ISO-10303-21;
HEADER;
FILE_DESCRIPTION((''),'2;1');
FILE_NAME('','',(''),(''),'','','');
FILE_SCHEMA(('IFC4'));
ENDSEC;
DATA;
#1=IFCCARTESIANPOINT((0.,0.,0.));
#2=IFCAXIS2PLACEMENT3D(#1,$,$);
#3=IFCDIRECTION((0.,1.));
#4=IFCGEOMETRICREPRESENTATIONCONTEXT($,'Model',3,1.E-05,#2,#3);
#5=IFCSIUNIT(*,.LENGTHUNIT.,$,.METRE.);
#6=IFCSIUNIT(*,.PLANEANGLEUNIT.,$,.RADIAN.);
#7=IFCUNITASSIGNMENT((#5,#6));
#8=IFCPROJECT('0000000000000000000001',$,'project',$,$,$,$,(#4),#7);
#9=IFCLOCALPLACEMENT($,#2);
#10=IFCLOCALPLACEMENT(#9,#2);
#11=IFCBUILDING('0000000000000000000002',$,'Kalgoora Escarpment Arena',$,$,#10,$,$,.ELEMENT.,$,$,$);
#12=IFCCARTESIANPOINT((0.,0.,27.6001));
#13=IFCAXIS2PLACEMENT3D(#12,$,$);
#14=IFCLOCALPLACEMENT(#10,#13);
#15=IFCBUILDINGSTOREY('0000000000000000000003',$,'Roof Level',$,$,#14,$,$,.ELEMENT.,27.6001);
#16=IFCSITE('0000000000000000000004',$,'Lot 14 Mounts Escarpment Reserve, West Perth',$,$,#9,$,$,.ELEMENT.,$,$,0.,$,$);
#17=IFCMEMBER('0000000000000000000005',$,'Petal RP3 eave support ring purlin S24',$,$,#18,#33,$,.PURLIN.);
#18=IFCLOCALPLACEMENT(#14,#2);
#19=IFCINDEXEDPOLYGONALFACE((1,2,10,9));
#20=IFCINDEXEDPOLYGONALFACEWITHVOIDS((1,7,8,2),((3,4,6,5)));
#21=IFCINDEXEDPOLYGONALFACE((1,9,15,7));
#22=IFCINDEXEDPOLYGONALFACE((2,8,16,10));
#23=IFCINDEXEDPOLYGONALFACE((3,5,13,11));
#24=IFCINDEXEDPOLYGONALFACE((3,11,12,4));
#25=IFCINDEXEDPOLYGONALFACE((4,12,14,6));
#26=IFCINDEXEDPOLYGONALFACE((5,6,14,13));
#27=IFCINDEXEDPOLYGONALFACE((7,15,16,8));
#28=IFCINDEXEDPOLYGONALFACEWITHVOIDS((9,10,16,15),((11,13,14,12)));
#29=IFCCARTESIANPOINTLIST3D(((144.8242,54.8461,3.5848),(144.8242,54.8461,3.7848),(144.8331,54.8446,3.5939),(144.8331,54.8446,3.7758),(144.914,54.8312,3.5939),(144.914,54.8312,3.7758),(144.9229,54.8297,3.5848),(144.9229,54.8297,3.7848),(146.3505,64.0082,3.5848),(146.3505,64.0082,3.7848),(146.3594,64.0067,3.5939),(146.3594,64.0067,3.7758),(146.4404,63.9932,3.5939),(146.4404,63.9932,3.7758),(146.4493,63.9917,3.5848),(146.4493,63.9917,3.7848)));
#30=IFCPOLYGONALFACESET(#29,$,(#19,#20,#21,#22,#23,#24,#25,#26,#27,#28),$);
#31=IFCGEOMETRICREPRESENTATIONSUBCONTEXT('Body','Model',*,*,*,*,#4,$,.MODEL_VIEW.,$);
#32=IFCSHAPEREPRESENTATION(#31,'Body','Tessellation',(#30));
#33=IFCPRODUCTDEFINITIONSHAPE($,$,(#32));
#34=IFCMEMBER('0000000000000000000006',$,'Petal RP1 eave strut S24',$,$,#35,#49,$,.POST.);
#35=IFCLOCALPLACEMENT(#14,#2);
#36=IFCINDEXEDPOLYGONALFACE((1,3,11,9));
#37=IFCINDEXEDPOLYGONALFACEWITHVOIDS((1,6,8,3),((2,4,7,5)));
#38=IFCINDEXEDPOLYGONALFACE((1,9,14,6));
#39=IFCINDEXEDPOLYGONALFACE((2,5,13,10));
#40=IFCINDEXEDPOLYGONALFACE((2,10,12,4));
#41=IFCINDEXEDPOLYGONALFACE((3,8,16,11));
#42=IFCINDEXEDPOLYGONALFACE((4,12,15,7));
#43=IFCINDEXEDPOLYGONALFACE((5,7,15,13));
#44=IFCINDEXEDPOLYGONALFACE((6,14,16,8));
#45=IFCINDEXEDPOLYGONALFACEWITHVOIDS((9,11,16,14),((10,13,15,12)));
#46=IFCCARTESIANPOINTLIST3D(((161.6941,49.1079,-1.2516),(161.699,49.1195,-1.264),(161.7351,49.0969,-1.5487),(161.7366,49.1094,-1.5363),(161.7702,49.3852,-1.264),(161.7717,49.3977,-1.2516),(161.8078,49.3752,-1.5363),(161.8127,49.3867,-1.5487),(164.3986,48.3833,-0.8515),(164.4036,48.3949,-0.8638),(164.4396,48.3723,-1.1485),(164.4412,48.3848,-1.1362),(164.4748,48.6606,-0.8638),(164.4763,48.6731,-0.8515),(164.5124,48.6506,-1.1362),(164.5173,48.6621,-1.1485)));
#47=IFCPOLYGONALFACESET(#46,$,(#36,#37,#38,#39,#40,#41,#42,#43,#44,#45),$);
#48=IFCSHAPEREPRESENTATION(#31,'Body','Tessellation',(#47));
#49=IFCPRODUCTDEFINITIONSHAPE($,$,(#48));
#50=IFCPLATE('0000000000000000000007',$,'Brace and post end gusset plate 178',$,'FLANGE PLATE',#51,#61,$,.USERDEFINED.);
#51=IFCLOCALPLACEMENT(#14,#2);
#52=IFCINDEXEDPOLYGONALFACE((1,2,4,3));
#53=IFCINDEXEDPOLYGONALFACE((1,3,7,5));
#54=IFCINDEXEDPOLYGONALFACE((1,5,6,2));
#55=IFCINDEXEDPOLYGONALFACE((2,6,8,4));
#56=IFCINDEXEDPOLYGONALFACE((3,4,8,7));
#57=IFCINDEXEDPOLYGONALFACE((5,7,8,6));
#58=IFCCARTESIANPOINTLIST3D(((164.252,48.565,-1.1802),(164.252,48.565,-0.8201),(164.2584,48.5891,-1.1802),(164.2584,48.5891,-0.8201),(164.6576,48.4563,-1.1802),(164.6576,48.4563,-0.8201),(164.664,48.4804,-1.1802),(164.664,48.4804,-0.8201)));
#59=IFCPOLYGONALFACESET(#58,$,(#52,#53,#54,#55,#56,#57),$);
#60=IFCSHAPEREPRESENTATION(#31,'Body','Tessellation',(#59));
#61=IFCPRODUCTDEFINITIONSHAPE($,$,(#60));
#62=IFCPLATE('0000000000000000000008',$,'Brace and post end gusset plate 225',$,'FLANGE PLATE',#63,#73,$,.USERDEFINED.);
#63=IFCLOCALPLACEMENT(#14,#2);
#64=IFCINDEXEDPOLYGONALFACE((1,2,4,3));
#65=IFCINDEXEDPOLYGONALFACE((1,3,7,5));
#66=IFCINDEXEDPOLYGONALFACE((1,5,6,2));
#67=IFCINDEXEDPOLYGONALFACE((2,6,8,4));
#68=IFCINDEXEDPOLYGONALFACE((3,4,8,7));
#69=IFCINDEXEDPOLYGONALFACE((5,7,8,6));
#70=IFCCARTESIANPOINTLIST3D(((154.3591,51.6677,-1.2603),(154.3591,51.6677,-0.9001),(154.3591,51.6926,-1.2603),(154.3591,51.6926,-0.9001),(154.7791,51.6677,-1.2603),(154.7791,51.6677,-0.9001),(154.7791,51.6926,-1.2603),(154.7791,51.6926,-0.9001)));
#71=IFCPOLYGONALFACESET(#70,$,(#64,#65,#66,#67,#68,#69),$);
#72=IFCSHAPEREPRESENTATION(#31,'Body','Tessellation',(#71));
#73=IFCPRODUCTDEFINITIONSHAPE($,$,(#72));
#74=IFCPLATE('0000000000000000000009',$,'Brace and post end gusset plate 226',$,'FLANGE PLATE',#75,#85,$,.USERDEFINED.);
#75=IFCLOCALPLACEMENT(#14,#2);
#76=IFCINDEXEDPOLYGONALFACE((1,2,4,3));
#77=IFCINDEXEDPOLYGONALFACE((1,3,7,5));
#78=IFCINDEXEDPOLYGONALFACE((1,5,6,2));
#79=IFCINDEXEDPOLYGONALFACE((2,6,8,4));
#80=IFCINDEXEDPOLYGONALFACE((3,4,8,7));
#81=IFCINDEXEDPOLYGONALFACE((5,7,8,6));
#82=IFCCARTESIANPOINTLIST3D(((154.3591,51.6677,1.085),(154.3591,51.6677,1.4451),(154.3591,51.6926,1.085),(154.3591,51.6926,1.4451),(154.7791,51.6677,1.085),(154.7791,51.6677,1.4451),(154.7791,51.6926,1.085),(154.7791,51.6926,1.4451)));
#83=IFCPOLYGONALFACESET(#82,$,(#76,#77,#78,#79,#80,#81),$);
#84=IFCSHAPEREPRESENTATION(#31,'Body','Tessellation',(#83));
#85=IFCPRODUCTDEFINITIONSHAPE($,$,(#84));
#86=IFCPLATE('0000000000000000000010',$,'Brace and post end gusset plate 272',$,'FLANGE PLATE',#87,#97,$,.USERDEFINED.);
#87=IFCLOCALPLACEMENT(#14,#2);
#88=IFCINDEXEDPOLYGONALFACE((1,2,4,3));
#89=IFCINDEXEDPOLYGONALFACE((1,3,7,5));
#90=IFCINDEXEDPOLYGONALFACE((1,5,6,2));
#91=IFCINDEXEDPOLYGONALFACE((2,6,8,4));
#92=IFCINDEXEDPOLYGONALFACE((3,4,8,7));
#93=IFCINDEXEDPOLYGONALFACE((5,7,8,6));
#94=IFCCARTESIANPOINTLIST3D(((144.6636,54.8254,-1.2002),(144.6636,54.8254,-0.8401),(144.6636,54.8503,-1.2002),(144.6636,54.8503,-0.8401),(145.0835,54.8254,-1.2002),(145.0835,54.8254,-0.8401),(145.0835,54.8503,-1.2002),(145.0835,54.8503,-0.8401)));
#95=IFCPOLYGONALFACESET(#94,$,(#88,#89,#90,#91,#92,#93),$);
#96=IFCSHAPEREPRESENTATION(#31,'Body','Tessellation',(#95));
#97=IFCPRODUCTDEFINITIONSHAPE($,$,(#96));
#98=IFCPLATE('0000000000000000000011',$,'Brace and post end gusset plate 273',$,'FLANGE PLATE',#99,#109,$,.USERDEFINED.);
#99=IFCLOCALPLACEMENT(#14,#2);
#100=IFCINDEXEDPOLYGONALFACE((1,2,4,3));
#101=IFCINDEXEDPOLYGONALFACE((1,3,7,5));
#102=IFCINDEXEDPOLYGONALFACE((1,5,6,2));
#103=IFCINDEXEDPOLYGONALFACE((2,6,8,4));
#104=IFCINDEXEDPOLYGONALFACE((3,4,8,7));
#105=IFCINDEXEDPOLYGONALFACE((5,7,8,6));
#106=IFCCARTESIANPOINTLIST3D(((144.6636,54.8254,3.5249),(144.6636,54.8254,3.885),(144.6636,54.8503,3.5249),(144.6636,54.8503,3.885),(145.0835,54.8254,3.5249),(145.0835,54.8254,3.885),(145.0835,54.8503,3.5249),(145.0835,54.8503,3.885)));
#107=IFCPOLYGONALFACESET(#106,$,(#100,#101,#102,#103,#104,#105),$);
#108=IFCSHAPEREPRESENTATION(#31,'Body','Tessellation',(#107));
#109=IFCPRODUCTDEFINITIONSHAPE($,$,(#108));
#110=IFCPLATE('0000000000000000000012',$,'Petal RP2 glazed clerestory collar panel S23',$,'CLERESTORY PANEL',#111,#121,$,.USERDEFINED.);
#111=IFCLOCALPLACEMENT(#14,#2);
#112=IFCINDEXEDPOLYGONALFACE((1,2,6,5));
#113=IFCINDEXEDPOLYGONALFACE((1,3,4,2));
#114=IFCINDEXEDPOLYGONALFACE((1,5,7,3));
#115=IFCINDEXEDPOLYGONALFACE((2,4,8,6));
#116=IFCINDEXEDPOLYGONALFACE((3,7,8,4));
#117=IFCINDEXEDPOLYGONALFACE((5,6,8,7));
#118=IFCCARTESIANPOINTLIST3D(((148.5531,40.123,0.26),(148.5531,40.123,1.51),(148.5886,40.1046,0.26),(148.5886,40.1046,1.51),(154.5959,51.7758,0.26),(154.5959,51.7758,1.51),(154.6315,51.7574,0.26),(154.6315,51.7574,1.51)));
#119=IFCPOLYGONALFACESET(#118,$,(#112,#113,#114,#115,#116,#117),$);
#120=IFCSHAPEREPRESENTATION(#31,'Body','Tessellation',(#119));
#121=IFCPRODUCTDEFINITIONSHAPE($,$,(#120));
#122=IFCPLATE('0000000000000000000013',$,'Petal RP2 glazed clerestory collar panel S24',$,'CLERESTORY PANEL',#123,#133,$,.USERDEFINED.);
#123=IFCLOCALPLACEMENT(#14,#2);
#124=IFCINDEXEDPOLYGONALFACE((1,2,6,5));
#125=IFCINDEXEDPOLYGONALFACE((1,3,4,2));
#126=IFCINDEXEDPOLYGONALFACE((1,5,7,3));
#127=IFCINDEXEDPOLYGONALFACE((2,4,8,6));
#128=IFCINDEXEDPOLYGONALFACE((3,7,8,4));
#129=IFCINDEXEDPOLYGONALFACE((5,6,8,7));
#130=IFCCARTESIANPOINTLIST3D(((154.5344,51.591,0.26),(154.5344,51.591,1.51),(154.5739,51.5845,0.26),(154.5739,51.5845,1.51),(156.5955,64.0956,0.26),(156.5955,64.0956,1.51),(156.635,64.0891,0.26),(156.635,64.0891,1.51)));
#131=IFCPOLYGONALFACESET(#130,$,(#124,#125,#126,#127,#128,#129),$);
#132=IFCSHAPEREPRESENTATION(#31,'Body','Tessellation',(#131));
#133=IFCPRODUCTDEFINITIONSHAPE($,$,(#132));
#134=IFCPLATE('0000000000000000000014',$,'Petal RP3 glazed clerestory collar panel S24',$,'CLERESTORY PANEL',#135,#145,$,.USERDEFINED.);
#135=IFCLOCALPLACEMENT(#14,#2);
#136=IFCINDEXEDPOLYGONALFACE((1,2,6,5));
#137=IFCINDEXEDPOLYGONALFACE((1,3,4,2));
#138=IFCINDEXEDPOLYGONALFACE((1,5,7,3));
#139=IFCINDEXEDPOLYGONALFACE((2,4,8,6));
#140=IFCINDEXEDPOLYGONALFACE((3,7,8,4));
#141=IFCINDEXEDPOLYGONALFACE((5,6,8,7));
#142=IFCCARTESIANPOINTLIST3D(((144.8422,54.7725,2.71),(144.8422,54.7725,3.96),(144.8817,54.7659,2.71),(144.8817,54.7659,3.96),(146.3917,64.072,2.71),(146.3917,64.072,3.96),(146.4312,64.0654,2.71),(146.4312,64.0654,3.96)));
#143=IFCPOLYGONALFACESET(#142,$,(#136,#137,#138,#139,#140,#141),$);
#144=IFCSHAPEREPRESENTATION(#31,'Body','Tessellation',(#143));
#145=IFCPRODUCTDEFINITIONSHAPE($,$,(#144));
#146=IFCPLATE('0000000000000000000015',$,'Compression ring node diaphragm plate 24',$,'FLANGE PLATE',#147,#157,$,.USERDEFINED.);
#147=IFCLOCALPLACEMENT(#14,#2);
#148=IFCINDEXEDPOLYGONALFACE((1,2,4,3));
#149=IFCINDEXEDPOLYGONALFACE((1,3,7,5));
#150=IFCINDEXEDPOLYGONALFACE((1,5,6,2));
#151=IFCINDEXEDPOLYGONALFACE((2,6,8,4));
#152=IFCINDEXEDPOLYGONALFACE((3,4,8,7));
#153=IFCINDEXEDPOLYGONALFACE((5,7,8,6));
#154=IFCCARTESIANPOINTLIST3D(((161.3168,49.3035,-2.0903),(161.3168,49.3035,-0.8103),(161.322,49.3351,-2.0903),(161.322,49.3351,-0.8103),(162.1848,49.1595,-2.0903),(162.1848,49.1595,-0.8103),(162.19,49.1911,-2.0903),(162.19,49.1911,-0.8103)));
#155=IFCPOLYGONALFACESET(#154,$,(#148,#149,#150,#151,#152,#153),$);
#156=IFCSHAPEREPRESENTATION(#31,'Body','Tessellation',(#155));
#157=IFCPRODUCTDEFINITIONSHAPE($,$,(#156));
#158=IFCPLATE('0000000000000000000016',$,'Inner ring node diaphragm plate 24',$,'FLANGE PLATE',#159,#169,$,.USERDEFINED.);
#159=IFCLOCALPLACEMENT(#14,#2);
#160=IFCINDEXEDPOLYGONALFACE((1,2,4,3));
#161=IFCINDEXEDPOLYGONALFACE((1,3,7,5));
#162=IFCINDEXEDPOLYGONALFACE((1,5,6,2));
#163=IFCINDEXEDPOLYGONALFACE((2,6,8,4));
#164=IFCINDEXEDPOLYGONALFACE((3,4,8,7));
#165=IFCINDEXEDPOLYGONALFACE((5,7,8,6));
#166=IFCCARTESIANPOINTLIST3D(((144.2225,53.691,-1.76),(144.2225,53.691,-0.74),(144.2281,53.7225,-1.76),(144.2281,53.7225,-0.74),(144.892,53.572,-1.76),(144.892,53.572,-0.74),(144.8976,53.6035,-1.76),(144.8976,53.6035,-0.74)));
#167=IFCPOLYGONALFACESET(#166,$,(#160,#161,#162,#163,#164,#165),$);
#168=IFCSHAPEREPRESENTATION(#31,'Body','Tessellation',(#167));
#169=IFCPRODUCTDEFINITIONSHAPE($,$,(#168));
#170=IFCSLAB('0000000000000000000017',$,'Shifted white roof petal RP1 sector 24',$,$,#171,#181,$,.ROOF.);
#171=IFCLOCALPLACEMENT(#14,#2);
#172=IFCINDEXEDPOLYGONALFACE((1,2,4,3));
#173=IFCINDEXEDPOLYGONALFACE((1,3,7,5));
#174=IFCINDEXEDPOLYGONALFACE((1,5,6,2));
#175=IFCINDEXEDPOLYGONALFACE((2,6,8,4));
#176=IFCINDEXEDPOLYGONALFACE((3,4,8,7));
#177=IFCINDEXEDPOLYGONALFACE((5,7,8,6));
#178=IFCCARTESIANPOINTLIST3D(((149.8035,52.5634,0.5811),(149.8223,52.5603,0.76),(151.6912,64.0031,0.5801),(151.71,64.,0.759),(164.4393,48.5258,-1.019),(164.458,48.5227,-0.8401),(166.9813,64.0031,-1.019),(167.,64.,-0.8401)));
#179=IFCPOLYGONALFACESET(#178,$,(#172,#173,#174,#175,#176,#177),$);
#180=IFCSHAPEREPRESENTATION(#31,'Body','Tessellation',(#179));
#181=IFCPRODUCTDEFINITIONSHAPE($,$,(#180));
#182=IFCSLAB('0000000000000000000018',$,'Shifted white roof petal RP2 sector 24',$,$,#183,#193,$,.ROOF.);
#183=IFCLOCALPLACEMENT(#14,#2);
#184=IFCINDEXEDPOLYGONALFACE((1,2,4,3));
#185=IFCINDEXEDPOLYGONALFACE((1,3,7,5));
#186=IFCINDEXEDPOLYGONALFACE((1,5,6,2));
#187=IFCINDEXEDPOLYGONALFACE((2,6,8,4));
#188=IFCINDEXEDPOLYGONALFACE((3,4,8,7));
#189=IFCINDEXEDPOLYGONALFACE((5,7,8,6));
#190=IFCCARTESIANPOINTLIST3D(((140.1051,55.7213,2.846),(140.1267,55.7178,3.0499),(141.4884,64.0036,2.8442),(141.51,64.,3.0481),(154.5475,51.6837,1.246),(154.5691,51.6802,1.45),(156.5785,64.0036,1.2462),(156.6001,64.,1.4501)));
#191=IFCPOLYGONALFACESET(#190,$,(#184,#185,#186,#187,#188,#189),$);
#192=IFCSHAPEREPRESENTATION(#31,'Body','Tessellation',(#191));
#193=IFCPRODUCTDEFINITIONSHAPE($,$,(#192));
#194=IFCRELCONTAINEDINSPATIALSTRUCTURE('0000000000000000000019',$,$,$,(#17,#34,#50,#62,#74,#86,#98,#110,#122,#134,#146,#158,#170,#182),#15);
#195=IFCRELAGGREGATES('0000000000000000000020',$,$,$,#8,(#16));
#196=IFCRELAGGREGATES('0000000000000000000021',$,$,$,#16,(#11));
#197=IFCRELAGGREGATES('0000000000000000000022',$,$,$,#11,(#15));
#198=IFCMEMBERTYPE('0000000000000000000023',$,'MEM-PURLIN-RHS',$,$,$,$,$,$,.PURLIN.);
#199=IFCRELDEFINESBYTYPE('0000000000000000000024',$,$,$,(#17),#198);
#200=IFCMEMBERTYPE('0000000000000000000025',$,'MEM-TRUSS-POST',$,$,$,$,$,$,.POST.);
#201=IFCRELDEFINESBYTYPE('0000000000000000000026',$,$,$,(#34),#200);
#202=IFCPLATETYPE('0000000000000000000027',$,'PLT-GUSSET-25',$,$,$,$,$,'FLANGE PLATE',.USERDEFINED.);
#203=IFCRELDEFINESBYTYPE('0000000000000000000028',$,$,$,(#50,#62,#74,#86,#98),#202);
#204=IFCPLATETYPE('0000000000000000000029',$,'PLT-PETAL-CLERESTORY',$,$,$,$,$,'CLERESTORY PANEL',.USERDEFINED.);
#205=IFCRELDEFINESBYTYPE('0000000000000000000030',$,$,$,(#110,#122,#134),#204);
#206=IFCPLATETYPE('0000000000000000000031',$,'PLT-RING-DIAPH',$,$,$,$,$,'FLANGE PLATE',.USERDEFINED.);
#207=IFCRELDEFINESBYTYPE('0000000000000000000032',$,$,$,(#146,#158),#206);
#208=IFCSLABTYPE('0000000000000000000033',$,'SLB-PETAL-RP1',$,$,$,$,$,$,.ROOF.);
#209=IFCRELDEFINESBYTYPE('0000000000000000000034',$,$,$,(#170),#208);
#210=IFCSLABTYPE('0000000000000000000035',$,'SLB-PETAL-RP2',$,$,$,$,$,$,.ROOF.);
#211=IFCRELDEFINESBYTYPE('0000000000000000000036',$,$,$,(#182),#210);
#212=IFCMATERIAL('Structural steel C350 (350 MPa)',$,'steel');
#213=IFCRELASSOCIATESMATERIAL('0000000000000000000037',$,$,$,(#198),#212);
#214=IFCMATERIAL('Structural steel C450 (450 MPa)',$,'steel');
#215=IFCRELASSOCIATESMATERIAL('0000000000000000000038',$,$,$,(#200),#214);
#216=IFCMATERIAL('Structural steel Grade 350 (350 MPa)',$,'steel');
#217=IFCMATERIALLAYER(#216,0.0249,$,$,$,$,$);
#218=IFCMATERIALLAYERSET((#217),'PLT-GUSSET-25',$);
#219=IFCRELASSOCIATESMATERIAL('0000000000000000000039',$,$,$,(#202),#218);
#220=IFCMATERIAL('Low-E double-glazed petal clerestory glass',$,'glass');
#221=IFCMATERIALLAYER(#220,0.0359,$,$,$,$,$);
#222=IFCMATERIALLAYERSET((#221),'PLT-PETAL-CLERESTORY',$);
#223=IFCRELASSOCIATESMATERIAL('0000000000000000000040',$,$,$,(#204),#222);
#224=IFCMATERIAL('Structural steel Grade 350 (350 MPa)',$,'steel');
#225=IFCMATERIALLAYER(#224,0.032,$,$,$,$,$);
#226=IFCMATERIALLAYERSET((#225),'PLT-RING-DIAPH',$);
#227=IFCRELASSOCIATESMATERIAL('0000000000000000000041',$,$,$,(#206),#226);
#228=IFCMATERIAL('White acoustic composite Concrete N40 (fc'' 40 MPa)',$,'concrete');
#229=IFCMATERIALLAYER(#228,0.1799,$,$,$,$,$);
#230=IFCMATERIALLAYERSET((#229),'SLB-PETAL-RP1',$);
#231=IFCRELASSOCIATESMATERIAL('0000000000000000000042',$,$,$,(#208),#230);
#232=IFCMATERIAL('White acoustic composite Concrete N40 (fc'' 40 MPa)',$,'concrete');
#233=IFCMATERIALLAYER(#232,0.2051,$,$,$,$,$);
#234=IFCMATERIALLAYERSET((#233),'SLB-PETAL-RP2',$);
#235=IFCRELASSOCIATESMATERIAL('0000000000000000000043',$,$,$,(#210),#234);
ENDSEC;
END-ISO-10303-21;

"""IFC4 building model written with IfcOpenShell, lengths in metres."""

from ifc_helpers import new_model, si_unit, direction, frame, origin, origin_2d, place, context, subcontext, project, spatial, polyline, rectangle, hollow_rectangle, outline, extrude, material, layer, layer_set, material_profile, profile_set, type_object, element, save


model = new_model("IFC4")

# Units and contexts
model_context = context("Model", 3, precision=1e-05, world=origin(), true_north=direction((0.0, 1.0)))
body_context = subcontext(model_context, "Body", "Model", "MODEL_VIEW")
ifc_project = project(units=[si_unit("LENGTHUNIT", "METRE"), si_unit("PLANEANGLEUNIT", "RADIAN")], contexts=[model_context])

# Site, building, storey
site_placement = place(None, origin())
site = spatial("IfcSite", under=ifc_project, at=site_placement, Name="Lot 14 Mounts Escarpment Reserve, West Perth", CompositionType="ELEMENT", RefElevation=0.0)
building_placement = place(site_placement, origin())
building = spatial("IfcBuilding", under=site, at=building_placement, Name="Kalgoora Escarpment Arena", CompositionType="ELEMENT")
storey_placement = place(building_placement, frame((0.0, 0.0, 27.6001)))
storey = spatial("IfcBuildingStorey", under=building, at=storey_placement, Name="Roof Level", CompositionType="ELEMENT", Elevation=27.6001)

# Members
ifc_material_1 = material(Name="Structural steel C350 (350 MPa)", Category="steel")
ifc_material_profile_1 = material_profile(ifc_material_1, hollow_rectangle(XDim=0.1001, YDim=0.2, WallThickness=0.009, at=origin_2d()))
ifc_profile_set_1 = profile_set([ifc_material_profile_1], Name="Structural steel C350 (350 MPa)")
member_type_1 = type_object("IfcMemberType", Name="MEM-PURLIN-RHS", PredefinedType="PURLIN", material=ifc_profile_set_1)
member_1_placement = place(storey_placement, frame((144.8735, 54.8379, 3.6848), z_axis=(0.164331, 0.986405, 0.0), x_axis=(-0.986405, 0.164331, 0.0)))
element("IfcMember", 1, at=member_1_placement, inside=storey, type_object=member_type_1, Name="Petal RP3 eave support ring purlin S24", PredefinedType="PURLIN", context=body_context, shape_type="SweptSolid", body=[
    extrude(hollow_rectangle(XDim=0.1001, YDim=0.2, WallThickness=0.009, at=origin_2d()), origin(), (0.0, 0.0, 1.0), 9.2883),
])
ifc_material_2 = material(Name="Structural steel C450 (450 MPa)", Category="steel")
ifc_material_profile_2 = material_profile(ifc_material_2, hollow_rectangle(XDim=0.3, YDim=0.3, WallThickness=0.0125, at=origin_2d()))
ifc_profile_set_2 = profile_set([ifc_material_profile_2], Name="Structural steel C450 (450 MPa)")
member_type_2 = type_object("IfcMemberType", Name="MEM-TRUSS-POST", PredefinedType="POST", material=ifc_profile_set_2)
member_2_placement = place(storey_placement, frame((161.7534, 49.2473, -1.4001), z_axis=(0.956218, -0.256188, 0.141473), x_axis=(0.258791, 0.965933, 0.0)))
element("IfcMember", 2, at=member_2_placement, inside=storey, type_object=member_type_2, Name="Petal RP1 eave strut S24", PredefinedType="POST", context=body_context, shape_type="SweptSolid", body=[
    extrude(hollow_rectangle(XDim=0.3, YDim=0.3, WallThickness=0.0125, at=origin_2d()), origin(), (0.0, 0.0, 1.0), 2.8284),
])

# Plates
ifc_material_3 = material(Name="Structural steel Grade 350 (350 MPa)", Category="steel")
ifc_layer_1 = layer(ifc_material_3, 0.0249)
ifc_layer_set_1 = layer_set([ifc_layer_1], Name="PLT-GUSSET-25")
plate_type_1 = type_object("IfcPlateType", Name="PLT-GUSSET-25", ElementType="FLANGE PLATE", PredefinedType="USERDEFINED", material=ifc_layer_set_1)
for number, where, z_axis, x_axis, name in (
    (3, (164.458, 48.5227, -1.1802), (0.0, 0.0, 1.0), (0.965926, -0.258819, 0.0), "Brace and post end gusset plate 178"),
    (4, (154.5691, 51.6802, -1.2603), (0.0, 0.0, 1.0), (1.0, 0.0, 0.0), "Brace and post end gusset plate 225"),
    (5, (154.5691, 51.6802, 1.085), (0.0, 0.0, 1.0), (1.0, 0.0, 0.0), "Brace and post end gusset plate 226"),
    (6, (144.8735, 54.8379, -1.2002), (0.0, 0.0, 1.0), (1.0, 0.0, 0.0), "Brace and post end gusset plate 272"),
    (7, (144.8735, 54.8379, 3.5249), (0.0, 0.0, 1.0), (1.0, 0.0, 0.0), "Brace and post end gusset plate 273"),
):
    element("IfcPlate", number, at=place(storey_placement, frame(where, z_axis=z_axis, x_axis=x_axis)), inside=storey, type_object=plate_type_1, Name=name, ObjectType="FLANGE PLATE", PredefinedType="USERDEFINED", context=body_context, shape_type="SweptSolid", body=[
        extrude(rectangle(XDim=0.4199, YDim=0.0249, at=origin_2d()), origin(), (0.0, 0.0, 1.0), 0.3601),
    ])
ifc_material_4 = material(Name="Low-E double-glazed petal clerestory glass", Category="glass")
ifc_layer_2 = layer(ifc_material_4, 0.0359)
ifc_layer_set_2 = layer_set([ifc_layer_2], Name="PLT-PETAL-CLERESTORY")
plate_type_2 = type_object("IfcPlateType", Name="PLT-PETAL-CLERESTORY", ElementType="CLERESTORY PANEL", PredefinedType="USERDEFINED", material=ifc_layer_set_2)
plate_1_placement = place(storey_placement, frame((151.5923, 45.9402, 0.26), z_axis=(0.0, 0.0, 1.0), x_axis=(0.460355, 0.887735, 0.0)))
element("IfcPlate", 8, at=plate_1_placement, inside=storey, type_object=plate_type_2, Name="Petal RP2 glazed clerestory collar panel S23", ObjectType="CLERESTORY PANEL", PredefinedType="USERDEFINED", context=body_context, shape_type="SweptSolid", body=[
    extrude(rectangle(XDim=13.1265, YDim=0.04, at=origin_2d()), origin(), (0.0, 0.0, 1.0), 1.25),
])
plate_2_placement = place(storey_placement, frame((155.5847, 57.8401, 0.26), z_axis=(0.0, 0.0, 1.0), x_axis=(0.162637, 0.986686, 0.0)))
element("IfcPlate", 9, at=plate_2_placement, inside=storey, type_object=plate_type_2, Name="Petal RP2 glazed clerestory collar panel S24", ObjectType="CLERESTORY PANEL", PredefinedType="USERDEFINED", context=body_context, shape_type="SweptSolid", body=[
    extrude(rectangle(XDim=12.6733, YDim=0.04, at=origin_2d()), origin(), (0.0, 0.0, 1.0), 1.25),
])
plate_3_placement = place(storey_placement, frame((145.6367, 59.4189, 2.71), z_axis=(0.0, 0.0, 1.0), x_axis=(0.164359, 0.986401, 0.0)))
element("IfcPlate", 10, at=plate_3_placement, inside=storey, type_object=plate_type_2, Name="Petal RP3 glazed clerestory collar panel S24", ObjectType="CLERESTORY PANEL", PredefinedType="USERDEFINED", context=body_context, shape_type="SweptSolid", body=[
    extrude(rectangle(XDim=9.4277, YDim=0.04, at=origin_2d()), origin(), (0.0, 0.0, 1.0), 1.25),
])
ifc_material_5 = material(Name="Structural steel Grade 350 (350 MPa)", Category="steel")
ifc_layer_3 = layer(ifc_material_5, 0.032)
ifc_layer_set_3 = layer_set([ifc_layer_3], Name="PLT-RING-DIAPH")
plate_type_3 = type_object("IfcPlateType", Name="PLT-RING-DIAPH", ElementType="FLANGE PLATE", PredefinedType="USERDEFINED", material=ifc_layer_set_3)
plate_4_placement = place(storey_placement, frame((161.7534, 49.2473, -2.0903), z_axis=(0.0, 0.0, 1.0), x_axis=(0.16367, 0.986515, 0.0)))
element("IfcPlate", 11, at=plate_4_placement, inside=storey, type_object=plate_type_3, Name="Compression ring node diaphragm plate 24", ObjectType="FLANGE PLATE", PredefinedType="USERDEFINED", context=body_context, shape_type="SweptSolid", body=[
    extrude(rectangle(XDim=0.032, YDim=0.8799, at=origin_2d()), origin(), (0.0, 0.0, 1.0), 1.28),
])
plate_5_placement = place(storey_placement, frame((144.5601, 53.6472, -1.76), z_axis=(0.0, 0.0, 1.0), x_axis=(0.175023, 0.984564, 0.0)))
element("IfcPlate", 12, at=plate_5_placement, inside=storey, type_object=plate_type_3, Name="Inner ring node diaphragm plate 24", ObjectType="FLANGE PLATE", PredefinedType="USERDEFINED", context=body_context, shape_type="SweptSolid", body=[
    extrude(rectangle(XDim=0.032, YDim=0.6799, at=origin_2d()), origin(), (0.0, 0.0, 1.0), 1.02),
])

# Slabs
ifc_material_6 = material(Name="White acoustic composite Concrete N40 (fc' 40 MPa)", Category="concrete")
ifc_layer_4 = layer(ifc_material_6, 0.1799)
ifc_layer_set_4 = layer_set([ifc_layer_4], Name="SLB-PETAL-RP1")
slab_type_1 = type_object("IfcSlabType", Name="SLB-PETAL-RP1", PredefinedType="ROOF", material=ifc_layer_set_4)
slab_1_placement = place(storey_placement, frame((164.458, 48.5227, -0.8401), z_axis=(0.104005, -0.01708, 0.99443), x_axis=(0.162069, 0.98678, -0.000002)))
element("IfcSlab", 13, at=slab_1_placement, inside=storey, type_object=slab_type_1, Name="Shifted white roof petal RP1 sector 24", PredefinedType="ROOF", context=body_context, shape_type="SweptSolid", body=[
    extrude(outline(polyline([(0.0, 0.0), (15.6847, 0.0), (13.2066, 15.1724), (1.6122, 15.1812), (0.0, 0.0)])), origin(), (0.0, 0.0, -1.0), 0.1799),
])
ifc_material_7 = material(Name="White acoustic composite Concrete N40 (fc' 40 MPa)", Category="concrete")
ifc_layer_5 = layer(ifc_material_7, 0.2051)
ifc_layer_set_5 = layer_set([ifc_layer_5], Name="SLB-PETAL-RP2")
slab_type_2 = type_object("IfcSlabType", Name="SLB-PETAL-RP2", PredefinedType="ROOF", material=ifc_layer_set_5)
slab_2_placement = place(storey_placement, frame((154.5691, 51.6802, 1.45), z_axis=(0.105295, -0.017368, 0.994289), x_axis=(0.162662, 0.986682, 0.000009)))
element("IfcSlab", 14, at=slab_2_placement, inside=storey, type_object=slab_type_2, Name="Shifted white roof petal RP2 sector 24", PredefinedType="ROOF", context=body_context, shape_type="SweptSolid", body=[
    extrude(outline(polyline([(0.0, 0.0), (12.4861, 0.0), (10.0315, 14.9746), (1.6346, 14.9924), (0.0, 0.0)])), origin(), (0.0, 0.0, -1.0), 0.2051),
])

save(model, "model.ifc")
